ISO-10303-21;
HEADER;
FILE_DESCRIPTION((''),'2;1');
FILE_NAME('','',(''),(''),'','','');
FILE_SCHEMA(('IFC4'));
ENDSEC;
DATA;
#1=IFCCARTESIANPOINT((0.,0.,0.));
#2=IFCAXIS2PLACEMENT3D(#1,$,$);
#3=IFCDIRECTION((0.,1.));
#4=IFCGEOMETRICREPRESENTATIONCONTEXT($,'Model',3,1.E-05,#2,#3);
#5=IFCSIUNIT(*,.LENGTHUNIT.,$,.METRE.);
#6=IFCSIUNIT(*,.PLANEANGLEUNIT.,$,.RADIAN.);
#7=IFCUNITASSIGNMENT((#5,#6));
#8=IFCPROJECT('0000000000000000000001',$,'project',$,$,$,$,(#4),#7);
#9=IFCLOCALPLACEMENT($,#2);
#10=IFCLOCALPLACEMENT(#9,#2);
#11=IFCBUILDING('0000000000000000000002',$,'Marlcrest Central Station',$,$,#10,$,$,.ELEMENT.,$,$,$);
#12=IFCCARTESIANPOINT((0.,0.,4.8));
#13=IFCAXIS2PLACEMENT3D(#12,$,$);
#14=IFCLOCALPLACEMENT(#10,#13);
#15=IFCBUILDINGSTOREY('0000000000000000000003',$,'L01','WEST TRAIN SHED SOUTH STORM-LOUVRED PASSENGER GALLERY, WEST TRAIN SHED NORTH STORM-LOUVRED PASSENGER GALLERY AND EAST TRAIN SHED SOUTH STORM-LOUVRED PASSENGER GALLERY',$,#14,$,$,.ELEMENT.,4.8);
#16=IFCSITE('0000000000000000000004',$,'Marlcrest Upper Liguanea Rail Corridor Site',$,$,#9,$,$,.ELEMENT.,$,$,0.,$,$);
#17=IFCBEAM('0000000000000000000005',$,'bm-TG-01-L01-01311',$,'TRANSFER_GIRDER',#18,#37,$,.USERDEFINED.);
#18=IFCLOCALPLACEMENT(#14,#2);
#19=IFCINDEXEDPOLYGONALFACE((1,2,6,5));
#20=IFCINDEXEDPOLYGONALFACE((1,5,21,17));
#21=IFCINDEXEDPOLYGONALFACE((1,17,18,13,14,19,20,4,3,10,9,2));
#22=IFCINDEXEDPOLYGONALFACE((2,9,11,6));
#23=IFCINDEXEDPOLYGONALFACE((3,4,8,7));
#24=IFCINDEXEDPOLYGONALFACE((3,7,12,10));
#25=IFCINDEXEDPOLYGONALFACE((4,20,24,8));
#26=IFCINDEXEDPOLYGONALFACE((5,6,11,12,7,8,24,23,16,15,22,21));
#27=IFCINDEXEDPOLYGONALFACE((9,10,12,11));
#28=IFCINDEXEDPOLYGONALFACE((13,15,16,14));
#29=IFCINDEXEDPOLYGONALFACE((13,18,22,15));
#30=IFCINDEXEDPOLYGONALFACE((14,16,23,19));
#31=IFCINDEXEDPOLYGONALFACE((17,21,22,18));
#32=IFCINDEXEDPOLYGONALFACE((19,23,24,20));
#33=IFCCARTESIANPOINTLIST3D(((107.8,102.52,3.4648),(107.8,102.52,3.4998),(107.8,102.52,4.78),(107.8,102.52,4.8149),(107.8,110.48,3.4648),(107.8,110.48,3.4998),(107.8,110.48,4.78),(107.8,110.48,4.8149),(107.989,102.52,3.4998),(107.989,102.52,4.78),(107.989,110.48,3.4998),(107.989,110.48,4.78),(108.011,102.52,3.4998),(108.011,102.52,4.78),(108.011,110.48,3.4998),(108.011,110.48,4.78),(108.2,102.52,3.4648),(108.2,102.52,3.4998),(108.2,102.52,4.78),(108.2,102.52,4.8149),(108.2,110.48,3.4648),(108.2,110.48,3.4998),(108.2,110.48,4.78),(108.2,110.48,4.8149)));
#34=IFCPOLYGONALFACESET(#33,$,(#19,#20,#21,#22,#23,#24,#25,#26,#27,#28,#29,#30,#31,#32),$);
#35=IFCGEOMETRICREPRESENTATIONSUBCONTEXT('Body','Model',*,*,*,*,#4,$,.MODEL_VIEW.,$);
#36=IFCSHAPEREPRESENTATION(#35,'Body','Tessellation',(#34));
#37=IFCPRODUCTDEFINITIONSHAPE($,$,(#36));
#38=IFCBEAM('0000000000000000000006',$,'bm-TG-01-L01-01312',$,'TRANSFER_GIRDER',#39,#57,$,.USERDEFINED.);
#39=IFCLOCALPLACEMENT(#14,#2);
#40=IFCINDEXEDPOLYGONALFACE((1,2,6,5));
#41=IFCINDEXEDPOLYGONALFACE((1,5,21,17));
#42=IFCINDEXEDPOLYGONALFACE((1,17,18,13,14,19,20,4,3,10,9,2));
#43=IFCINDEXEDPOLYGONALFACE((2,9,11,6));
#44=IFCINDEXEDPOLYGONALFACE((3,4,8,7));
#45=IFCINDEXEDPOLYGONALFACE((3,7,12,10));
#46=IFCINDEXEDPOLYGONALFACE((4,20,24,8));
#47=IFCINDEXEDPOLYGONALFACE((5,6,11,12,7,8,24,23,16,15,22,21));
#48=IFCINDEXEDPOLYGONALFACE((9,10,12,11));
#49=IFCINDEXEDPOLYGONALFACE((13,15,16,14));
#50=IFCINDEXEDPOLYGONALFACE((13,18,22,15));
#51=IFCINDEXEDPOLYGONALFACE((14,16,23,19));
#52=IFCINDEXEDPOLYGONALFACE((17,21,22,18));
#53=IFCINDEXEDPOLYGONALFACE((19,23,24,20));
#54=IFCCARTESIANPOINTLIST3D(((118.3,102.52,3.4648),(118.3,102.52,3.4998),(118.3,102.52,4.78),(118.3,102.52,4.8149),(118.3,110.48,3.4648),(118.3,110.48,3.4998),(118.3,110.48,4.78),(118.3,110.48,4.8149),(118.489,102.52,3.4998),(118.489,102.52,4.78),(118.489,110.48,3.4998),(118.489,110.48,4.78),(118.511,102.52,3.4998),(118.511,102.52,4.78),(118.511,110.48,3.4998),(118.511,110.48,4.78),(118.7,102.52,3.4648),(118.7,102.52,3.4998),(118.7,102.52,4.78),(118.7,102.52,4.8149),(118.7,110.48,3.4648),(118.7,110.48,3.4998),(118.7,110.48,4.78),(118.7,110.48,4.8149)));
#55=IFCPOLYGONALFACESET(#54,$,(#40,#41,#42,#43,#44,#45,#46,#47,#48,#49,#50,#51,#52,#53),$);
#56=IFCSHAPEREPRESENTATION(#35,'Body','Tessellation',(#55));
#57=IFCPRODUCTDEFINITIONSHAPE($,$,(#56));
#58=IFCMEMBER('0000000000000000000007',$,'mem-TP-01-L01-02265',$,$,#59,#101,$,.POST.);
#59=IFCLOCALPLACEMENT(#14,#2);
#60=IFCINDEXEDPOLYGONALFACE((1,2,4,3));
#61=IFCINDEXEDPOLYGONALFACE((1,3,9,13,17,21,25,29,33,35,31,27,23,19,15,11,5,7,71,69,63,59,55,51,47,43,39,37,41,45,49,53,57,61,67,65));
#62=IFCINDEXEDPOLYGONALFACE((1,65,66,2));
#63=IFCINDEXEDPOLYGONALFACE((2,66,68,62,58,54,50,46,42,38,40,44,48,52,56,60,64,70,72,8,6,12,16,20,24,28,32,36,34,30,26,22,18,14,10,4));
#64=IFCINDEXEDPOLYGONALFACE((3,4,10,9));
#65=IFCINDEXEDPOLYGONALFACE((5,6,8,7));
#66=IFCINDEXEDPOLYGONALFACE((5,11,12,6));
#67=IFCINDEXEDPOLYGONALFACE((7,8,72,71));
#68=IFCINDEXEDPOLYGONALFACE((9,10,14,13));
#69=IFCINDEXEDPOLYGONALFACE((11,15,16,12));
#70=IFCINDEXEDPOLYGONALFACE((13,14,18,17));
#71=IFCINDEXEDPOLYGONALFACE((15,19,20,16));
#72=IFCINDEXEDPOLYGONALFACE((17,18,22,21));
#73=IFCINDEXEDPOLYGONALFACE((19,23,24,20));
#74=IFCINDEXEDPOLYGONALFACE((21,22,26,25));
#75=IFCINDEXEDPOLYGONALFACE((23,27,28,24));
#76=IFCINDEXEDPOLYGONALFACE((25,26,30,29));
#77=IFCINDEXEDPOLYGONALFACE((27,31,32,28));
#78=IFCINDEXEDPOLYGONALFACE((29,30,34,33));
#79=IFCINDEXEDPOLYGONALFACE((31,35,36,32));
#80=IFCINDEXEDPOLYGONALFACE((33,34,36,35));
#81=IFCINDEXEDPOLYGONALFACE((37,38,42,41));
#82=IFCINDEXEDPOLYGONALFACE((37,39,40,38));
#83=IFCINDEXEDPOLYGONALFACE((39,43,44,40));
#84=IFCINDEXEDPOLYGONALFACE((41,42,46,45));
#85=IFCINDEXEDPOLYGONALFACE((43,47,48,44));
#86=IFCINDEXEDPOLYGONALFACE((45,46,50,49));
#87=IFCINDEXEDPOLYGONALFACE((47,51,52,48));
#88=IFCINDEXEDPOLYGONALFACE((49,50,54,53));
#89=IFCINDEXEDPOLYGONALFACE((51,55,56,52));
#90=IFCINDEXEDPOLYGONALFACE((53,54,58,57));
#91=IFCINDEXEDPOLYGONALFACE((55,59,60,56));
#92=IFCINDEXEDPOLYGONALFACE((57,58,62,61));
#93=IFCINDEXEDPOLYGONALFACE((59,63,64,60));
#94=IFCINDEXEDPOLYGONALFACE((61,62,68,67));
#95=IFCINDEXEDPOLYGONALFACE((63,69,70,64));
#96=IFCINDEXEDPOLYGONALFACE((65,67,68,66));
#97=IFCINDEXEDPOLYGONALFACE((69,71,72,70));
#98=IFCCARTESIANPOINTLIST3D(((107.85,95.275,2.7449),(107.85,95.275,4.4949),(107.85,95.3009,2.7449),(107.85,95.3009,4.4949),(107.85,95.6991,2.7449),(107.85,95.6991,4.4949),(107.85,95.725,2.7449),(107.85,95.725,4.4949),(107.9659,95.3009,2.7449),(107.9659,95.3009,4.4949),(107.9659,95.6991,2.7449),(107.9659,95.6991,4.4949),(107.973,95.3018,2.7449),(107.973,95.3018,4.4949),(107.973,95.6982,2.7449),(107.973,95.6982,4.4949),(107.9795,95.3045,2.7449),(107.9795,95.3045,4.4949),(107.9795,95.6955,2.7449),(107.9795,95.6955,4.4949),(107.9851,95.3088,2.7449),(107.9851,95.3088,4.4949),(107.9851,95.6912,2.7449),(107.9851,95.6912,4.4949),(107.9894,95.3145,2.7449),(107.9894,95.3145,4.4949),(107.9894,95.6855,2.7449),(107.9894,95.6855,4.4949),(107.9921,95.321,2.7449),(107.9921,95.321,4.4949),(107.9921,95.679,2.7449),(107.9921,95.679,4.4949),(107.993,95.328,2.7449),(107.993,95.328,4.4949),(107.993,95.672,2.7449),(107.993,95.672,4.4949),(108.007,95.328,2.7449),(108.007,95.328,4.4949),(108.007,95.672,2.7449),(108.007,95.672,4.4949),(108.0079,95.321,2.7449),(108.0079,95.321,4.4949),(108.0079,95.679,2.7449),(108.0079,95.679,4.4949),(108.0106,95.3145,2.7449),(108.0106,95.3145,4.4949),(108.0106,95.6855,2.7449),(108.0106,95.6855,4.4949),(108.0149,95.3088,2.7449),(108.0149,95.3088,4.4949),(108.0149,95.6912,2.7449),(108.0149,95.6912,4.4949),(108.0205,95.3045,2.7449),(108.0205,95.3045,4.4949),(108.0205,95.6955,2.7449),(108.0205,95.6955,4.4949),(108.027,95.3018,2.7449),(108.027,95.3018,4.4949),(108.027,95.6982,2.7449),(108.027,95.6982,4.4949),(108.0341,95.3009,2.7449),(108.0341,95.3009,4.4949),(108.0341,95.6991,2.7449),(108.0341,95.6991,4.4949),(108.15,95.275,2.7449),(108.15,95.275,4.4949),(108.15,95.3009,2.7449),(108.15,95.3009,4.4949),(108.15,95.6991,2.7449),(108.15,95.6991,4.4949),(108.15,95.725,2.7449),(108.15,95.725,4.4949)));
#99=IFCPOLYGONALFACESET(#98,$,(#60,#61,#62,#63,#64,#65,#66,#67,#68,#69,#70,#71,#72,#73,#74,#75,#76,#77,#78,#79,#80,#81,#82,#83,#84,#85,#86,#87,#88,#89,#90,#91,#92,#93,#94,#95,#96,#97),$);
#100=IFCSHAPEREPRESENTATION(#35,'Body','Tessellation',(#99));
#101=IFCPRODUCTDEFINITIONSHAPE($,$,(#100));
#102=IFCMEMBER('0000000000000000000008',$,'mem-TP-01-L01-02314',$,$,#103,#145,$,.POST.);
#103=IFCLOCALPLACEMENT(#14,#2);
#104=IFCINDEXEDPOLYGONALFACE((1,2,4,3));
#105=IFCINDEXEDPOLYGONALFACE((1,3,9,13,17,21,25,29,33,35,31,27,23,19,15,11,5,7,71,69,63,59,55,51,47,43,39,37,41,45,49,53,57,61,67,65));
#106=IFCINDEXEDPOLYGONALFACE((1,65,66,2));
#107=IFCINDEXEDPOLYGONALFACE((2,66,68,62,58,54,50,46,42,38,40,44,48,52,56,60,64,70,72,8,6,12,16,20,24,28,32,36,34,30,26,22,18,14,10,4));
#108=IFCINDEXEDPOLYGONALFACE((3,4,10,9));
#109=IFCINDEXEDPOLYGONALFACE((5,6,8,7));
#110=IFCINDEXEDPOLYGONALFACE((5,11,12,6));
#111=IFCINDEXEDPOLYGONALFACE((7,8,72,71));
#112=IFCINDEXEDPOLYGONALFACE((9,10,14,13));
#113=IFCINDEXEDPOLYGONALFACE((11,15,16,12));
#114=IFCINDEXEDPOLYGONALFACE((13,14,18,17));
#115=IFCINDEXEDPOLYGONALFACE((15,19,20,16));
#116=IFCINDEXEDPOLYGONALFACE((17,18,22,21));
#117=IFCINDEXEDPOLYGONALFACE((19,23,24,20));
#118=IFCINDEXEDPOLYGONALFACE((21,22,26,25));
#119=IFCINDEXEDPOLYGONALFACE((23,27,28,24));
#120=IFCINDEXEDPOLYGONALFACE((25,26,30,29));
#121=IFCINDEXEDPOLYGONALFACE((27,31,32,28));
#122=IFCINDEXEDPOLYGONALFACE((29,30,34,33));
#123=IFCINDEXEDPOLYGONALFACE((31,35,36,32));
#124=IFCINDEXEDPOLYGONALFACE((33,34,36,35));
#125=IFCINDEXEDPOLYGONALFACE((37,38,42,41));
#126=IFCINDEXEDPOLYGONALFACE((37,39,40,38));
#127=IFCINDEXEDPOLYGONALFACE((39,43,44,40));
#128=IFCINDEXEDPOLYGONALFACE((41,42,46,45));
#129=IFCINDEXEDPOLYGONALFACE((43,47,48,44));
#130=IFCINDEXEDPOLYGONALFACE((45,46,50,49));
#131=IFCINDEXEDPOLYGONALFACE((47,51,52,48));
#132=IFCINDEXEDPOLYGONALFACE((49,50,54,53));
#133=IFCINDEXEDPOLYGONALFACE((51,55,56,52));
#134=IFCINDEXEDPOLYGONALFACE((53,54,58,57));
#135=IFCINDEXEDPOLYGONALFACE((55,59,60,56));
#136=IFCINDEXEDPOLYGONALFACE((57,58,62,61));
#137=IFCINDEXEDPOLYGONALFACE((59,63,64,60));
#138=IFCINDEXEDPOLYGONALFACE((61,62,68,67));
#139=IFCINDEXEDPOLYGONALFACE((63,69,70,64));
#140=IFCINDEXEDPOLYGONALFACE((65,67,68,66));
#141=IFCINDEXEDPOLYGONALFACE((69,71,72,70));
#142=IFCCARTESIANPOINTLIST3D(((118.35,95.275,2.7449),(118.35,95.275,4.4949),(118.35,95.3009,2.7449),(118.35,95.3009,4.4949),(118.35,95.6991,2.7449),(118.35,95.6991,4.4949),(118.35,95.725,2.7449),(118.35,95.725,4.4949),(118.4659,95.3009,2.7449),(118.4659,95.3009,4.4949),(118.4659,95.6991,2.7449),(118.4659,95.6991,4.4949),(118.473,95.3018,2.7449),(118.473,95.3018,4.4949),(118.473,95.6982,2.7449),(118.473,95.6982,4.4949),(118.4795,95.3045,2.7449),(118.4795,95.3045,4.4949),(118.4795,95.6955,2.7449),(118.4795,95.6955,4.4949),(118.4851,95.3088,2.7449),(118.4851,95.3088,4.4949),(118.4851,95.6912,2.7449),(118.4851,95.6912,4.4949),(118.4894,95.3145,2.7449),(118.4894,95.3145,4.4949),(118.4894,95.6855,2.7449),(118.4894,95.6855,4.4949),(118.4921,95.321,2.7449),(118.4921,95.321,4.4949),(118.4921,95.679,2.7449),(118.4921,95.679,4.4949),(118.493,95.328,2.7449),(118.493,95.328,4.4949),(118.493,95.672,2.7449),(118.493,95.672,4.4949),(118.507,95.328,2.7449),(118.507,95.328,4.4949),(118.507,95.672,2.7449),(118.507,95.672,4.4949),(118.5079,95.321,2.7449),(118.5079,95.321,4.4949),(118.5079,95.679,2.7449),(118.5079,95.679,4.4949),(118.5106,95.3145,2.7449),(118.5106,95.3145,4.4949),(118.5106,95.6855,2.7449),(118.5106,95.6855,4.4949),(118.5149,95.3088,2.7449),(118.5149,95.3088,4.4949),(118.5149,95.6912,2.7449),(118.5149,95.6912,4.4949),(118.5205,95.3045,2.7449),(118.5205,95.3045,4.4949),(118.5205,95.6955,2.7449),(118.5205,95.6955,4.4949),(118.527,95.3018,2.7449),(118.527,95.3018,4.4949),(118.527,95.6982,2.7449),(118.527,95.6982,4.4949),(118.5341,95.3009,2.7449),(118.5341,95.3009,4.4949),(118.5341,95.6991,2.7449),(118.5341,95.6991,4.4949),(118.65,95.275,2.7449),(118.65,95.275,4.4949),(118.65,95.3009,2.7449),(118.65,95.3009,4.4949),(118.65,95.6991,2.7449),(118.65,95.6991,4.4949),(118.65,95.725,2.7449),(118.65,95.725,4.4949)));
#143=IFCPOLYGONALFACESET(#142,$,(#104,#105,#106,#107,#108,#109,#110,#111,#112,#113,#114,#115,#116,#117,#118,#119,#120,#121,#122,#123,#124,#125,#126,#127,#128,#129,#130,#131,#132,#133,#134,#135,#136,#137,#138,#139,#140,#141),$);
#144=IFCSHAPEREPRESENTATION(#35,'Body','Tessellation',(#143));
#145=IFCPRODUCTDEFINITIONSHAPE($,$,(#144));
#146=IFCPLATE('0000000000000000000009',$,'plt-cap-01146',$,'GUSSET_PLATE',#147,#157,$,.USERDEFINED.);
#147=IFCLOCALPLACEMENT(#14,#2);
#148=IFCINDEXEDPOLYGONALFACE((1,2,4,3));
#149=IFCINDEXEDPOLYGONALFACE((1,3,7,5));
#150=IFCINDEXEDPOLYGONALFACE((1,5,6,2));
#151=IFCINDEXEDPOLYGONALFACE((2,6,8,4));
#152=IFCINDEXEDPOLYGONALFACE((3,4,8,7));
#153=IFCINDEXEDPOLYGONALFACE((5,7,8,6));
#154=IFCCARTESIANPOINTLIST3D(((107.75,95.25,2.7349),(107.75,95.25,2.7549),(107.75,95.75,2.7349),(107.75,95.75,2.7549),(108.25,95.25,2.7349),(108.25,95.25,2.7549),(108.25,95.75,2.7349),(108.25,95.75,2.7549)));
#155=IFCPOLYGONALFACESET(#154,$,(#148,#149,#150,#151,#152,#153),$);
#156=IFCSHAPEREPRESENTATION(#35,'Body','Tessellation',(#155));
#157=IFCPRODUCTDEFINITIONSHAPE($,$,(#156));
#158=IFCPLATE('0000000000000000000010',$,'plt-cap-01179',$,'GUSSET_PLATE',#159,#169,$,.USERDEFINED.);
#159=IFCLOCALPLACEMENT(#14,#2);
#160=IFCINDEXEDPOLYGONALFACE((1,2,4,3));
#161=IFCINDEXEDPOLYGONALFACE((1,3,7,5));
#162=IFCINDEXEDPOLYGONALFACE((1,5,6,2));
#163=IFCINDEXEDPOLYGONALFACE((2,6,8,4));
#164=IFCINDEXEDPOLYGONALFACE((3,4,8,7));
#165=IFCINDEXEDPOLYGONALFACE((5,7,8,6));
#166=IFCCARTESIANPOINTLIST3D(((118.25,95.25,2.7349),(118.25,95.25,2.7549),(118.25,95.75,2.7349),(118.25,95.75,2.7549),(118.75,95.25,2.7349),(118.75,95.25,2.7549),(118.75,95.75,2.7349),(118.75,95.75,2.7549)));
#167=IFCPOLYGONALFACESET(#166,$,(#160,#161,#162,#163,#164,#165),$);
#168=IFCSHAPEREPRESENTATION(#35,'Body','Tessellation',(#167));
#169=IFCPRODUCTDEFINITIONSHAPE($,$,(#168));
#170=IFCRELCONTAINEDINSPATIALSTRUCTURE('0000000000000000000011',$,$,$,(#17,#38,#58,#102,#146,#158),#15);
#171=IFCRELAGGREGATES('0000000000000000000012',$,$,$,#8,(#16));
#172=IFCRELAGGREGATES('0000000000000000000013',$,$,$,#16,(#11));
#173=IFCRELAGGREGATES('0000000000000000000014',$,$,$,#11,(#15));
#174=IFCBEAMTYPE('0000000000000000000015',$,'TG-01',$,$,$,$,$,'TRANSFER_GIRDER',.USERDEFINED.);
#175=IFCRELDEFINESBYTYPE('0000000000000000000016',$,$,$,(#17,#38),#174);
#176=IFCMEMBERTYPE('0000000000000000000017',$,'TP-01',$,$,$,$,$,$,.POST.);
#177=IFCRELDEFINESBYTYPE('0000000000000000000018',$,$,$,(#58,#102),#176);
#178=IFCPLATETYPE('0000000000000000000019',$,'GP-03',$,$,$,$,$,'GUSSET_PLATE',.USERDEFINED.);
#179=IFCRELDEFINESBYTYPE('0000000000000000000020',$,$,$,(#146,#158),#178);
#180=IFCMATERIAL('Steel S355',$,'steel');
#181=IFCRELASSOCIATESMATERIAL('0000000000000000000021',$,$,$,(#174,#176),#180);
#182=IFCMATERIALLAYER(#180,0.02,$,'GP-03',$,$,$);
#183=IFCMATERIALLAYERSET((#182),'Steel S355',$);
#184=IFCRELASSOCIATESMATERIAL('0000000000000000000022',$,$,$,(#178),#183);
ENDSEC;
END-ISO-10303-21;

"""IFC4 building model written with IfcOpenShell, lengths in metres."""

from ifc_helpers import new_model, si_unit, direction, frame, origin, origin_2d, place, context, subcontext, project, spatial, rectangle, i_section, extrude, material, layer, layer_set, material_profile, profile_set, type_object, element, save


model = new_model("IFC4")

# Units and contexts
model_context = context("Model", 3, precision=1e-05, world=origin(), true_north=direction((0.0, 1.0)))
body_context = subcontext(model_context, "Body", "Model", "MODEL_VIEW")
ifc_project = project(units=[si_unit("LENGTHUNIT", "METRE"), si_unit("PLANEANGLEUNIT", "RADIAN")], contexts=[model_context])

# Site, building, storey
site_placement = place(None, origin())
site = spatial("IfcSite", under=ifc_project, at=site_placement, Name="Marlcrest Upper Liguanea Rail Corridor Site", CompositionType="ELEMENT", RefElevation=0.0)
building_placement = place(site_placement, origin())
building = spatial("IfcBuilding", under=site, at=building_placement, Name="Marlcrest Central Station", CompositionType="ELEMENT")
storey_placement = place(building_placement, frame((0.0, 0.0, 4.8)))
storey = spatial("IfcBuildingStorey", under=building, at=storey_placement, Name="L01", Description="WEST TRAIN SHED SOUTH STORM-LOUVRED PASSENGER GALLERY, WEST TRAIN SHED NORTH STORM-LOUVRED PASSENGER GALLERY AND EAST TRAIN SHED SOUTH STORM-LOUVRED PASSENGER GALLERY", CompositionType="ELEMENT", Elevation=4.8)

# Shared definitions
ifc_material_1 = material(Name="Steel S355", Category="steel")

# Beams
ifc_material_profile_1 = material_profile(ifc_material_1, i_section(OverallWidth=0.3999, OverallDepth=1.3501, WebThickness=0.022, FlangeThickness=0.0349, at=origin_2d()), Name="PG 1350x400")
ifc_profile_set_1 = profile_set([ifc_material_profile_1], Name="Steel S355")
beam_type_1 = type_object("IfcBeamType", Name="TG-01", ElementType="TRANSFER_GIRDER", PredefinedType="USERDEFINED", material=ifc_profile_set_1)
for number, where, z_axis, x_axis, name in (
    (1, (108.0, 102.52, 4.1399), (0.0, 1.0, 0.0), (-1.0, 0.0, 0.0), "bm-TG-01-L01-01311"),
    (2, (118.5, 102.52, 4.1399), (0.0, 1.0, 0.0), (-1.0, 0.0, 0.0), "bm-TG-01-L01-01312"),
):
    element("IfcBeam", number, at=place(storey_placement, frame(where, z_axis=z_axis, x_axis=x_axis)), inside=storey, type_object=beam_type_1, Name=name, ObjectType="TRANSFER_GIRDER", PredefinedType="USERDEFINED", context=body_context, shape_type="SweptSolid", body=[
        extrude(i_section(OverallWidth=0.3999, OverallDepth=1.3501, WebThickness=0.022, FlangeThickness=0.0349, at=origin_2d()), origin(), (0.0, 0.0, 1.0), 7.96),
    ])

# Members
ifc_material_profile_2 = material_profile(ifc_material_1, i_section(OverallWidth=0.3, OverallDepth=0.45, WebThickness=0.0139, FlangeThickness=0.0259, FilletRadius=0.0271, at=origin_2d()), Name="HEB 450")
ifc_profile_set_2 = profile_set([ifc_material_profile_2], Name="Steel S355")
member_type = type_object("IfcMemberType", Name="TP-01", PredefinedType="POST", material=ifc_profile_set_2)
for number, where, z_axis, x_axis, name in (
    (3, (108.0, 95.5, 2.7449), (0.0, 0.0, 1.0), (1.0, 0.0, 0.0), "mem-TP-01-L01-02265"),
    (4, (118.5, 95.5, 2.7449), (0.0, 0.0, 1.0), (1.0, 0.0, 0.0), "mem-TP-01-L01-02314"),
):
    element("IfcMember", number, at=place(storey_placement, frame(where, z_axis=z_axis, x_axis=x_axis)), inside=storey, type_object=member_type, Name=name, PredefinedType="POST", context=body_context, shape_type="SweptSolid", body=[
        extrude(i_section(OverallWidth=0.3, OverallDepth=0.45, WebThickness=0.0139, FlangeThickness=0.0259, FilletRadius=0.0271, at=origin_2d()), origin(), (0.0, 0.0, 1.0), 1.75),
    ])

# Plates
ifc_layer_1 = layer(ifc_material_1, 0.02, Name="GP-03")
ifc_layer_set_1 = layer_set([ifc_layer_1], Name="Steel S355")
plate_type = type_object("IfcPlateType", Name="GP-03", ElementType="GUSSET_PLATE", PredefinedType="USERDEFINED", material=ifc_layer_set_1)
for number, where, z_axis, x_axis, name in (
    (5, (108.0, 95.5, 2.7349), (0.0, 0.0, 1.0), (1.0, 0.0, 0.0), "plt-cap-01146"),
    (6, (118.5, 95.5, 2.7349), (0.0, 0.0, 1.0), (1.0, 0.0, 0.0), "plt-cap-01179"),
):
    element("IfcPlate", number, at=place(storey_placement, frame(where, z_axis=z_axis, x_axis=x_axis)), inside=storey, type_object=plate_type, Name=name, ObjectType="GUSSET_PLATE", PredefinedType="USERDEFINED", context=body_context, shape_type="SweptSolid", body=[
        extrude(rectangle(XDim=0.5, YDim=0.5, at=origin_2d()), origin(), (0.0, 0.0, 1.0), 0.02),
    ])

save(model, "model.ifc")
